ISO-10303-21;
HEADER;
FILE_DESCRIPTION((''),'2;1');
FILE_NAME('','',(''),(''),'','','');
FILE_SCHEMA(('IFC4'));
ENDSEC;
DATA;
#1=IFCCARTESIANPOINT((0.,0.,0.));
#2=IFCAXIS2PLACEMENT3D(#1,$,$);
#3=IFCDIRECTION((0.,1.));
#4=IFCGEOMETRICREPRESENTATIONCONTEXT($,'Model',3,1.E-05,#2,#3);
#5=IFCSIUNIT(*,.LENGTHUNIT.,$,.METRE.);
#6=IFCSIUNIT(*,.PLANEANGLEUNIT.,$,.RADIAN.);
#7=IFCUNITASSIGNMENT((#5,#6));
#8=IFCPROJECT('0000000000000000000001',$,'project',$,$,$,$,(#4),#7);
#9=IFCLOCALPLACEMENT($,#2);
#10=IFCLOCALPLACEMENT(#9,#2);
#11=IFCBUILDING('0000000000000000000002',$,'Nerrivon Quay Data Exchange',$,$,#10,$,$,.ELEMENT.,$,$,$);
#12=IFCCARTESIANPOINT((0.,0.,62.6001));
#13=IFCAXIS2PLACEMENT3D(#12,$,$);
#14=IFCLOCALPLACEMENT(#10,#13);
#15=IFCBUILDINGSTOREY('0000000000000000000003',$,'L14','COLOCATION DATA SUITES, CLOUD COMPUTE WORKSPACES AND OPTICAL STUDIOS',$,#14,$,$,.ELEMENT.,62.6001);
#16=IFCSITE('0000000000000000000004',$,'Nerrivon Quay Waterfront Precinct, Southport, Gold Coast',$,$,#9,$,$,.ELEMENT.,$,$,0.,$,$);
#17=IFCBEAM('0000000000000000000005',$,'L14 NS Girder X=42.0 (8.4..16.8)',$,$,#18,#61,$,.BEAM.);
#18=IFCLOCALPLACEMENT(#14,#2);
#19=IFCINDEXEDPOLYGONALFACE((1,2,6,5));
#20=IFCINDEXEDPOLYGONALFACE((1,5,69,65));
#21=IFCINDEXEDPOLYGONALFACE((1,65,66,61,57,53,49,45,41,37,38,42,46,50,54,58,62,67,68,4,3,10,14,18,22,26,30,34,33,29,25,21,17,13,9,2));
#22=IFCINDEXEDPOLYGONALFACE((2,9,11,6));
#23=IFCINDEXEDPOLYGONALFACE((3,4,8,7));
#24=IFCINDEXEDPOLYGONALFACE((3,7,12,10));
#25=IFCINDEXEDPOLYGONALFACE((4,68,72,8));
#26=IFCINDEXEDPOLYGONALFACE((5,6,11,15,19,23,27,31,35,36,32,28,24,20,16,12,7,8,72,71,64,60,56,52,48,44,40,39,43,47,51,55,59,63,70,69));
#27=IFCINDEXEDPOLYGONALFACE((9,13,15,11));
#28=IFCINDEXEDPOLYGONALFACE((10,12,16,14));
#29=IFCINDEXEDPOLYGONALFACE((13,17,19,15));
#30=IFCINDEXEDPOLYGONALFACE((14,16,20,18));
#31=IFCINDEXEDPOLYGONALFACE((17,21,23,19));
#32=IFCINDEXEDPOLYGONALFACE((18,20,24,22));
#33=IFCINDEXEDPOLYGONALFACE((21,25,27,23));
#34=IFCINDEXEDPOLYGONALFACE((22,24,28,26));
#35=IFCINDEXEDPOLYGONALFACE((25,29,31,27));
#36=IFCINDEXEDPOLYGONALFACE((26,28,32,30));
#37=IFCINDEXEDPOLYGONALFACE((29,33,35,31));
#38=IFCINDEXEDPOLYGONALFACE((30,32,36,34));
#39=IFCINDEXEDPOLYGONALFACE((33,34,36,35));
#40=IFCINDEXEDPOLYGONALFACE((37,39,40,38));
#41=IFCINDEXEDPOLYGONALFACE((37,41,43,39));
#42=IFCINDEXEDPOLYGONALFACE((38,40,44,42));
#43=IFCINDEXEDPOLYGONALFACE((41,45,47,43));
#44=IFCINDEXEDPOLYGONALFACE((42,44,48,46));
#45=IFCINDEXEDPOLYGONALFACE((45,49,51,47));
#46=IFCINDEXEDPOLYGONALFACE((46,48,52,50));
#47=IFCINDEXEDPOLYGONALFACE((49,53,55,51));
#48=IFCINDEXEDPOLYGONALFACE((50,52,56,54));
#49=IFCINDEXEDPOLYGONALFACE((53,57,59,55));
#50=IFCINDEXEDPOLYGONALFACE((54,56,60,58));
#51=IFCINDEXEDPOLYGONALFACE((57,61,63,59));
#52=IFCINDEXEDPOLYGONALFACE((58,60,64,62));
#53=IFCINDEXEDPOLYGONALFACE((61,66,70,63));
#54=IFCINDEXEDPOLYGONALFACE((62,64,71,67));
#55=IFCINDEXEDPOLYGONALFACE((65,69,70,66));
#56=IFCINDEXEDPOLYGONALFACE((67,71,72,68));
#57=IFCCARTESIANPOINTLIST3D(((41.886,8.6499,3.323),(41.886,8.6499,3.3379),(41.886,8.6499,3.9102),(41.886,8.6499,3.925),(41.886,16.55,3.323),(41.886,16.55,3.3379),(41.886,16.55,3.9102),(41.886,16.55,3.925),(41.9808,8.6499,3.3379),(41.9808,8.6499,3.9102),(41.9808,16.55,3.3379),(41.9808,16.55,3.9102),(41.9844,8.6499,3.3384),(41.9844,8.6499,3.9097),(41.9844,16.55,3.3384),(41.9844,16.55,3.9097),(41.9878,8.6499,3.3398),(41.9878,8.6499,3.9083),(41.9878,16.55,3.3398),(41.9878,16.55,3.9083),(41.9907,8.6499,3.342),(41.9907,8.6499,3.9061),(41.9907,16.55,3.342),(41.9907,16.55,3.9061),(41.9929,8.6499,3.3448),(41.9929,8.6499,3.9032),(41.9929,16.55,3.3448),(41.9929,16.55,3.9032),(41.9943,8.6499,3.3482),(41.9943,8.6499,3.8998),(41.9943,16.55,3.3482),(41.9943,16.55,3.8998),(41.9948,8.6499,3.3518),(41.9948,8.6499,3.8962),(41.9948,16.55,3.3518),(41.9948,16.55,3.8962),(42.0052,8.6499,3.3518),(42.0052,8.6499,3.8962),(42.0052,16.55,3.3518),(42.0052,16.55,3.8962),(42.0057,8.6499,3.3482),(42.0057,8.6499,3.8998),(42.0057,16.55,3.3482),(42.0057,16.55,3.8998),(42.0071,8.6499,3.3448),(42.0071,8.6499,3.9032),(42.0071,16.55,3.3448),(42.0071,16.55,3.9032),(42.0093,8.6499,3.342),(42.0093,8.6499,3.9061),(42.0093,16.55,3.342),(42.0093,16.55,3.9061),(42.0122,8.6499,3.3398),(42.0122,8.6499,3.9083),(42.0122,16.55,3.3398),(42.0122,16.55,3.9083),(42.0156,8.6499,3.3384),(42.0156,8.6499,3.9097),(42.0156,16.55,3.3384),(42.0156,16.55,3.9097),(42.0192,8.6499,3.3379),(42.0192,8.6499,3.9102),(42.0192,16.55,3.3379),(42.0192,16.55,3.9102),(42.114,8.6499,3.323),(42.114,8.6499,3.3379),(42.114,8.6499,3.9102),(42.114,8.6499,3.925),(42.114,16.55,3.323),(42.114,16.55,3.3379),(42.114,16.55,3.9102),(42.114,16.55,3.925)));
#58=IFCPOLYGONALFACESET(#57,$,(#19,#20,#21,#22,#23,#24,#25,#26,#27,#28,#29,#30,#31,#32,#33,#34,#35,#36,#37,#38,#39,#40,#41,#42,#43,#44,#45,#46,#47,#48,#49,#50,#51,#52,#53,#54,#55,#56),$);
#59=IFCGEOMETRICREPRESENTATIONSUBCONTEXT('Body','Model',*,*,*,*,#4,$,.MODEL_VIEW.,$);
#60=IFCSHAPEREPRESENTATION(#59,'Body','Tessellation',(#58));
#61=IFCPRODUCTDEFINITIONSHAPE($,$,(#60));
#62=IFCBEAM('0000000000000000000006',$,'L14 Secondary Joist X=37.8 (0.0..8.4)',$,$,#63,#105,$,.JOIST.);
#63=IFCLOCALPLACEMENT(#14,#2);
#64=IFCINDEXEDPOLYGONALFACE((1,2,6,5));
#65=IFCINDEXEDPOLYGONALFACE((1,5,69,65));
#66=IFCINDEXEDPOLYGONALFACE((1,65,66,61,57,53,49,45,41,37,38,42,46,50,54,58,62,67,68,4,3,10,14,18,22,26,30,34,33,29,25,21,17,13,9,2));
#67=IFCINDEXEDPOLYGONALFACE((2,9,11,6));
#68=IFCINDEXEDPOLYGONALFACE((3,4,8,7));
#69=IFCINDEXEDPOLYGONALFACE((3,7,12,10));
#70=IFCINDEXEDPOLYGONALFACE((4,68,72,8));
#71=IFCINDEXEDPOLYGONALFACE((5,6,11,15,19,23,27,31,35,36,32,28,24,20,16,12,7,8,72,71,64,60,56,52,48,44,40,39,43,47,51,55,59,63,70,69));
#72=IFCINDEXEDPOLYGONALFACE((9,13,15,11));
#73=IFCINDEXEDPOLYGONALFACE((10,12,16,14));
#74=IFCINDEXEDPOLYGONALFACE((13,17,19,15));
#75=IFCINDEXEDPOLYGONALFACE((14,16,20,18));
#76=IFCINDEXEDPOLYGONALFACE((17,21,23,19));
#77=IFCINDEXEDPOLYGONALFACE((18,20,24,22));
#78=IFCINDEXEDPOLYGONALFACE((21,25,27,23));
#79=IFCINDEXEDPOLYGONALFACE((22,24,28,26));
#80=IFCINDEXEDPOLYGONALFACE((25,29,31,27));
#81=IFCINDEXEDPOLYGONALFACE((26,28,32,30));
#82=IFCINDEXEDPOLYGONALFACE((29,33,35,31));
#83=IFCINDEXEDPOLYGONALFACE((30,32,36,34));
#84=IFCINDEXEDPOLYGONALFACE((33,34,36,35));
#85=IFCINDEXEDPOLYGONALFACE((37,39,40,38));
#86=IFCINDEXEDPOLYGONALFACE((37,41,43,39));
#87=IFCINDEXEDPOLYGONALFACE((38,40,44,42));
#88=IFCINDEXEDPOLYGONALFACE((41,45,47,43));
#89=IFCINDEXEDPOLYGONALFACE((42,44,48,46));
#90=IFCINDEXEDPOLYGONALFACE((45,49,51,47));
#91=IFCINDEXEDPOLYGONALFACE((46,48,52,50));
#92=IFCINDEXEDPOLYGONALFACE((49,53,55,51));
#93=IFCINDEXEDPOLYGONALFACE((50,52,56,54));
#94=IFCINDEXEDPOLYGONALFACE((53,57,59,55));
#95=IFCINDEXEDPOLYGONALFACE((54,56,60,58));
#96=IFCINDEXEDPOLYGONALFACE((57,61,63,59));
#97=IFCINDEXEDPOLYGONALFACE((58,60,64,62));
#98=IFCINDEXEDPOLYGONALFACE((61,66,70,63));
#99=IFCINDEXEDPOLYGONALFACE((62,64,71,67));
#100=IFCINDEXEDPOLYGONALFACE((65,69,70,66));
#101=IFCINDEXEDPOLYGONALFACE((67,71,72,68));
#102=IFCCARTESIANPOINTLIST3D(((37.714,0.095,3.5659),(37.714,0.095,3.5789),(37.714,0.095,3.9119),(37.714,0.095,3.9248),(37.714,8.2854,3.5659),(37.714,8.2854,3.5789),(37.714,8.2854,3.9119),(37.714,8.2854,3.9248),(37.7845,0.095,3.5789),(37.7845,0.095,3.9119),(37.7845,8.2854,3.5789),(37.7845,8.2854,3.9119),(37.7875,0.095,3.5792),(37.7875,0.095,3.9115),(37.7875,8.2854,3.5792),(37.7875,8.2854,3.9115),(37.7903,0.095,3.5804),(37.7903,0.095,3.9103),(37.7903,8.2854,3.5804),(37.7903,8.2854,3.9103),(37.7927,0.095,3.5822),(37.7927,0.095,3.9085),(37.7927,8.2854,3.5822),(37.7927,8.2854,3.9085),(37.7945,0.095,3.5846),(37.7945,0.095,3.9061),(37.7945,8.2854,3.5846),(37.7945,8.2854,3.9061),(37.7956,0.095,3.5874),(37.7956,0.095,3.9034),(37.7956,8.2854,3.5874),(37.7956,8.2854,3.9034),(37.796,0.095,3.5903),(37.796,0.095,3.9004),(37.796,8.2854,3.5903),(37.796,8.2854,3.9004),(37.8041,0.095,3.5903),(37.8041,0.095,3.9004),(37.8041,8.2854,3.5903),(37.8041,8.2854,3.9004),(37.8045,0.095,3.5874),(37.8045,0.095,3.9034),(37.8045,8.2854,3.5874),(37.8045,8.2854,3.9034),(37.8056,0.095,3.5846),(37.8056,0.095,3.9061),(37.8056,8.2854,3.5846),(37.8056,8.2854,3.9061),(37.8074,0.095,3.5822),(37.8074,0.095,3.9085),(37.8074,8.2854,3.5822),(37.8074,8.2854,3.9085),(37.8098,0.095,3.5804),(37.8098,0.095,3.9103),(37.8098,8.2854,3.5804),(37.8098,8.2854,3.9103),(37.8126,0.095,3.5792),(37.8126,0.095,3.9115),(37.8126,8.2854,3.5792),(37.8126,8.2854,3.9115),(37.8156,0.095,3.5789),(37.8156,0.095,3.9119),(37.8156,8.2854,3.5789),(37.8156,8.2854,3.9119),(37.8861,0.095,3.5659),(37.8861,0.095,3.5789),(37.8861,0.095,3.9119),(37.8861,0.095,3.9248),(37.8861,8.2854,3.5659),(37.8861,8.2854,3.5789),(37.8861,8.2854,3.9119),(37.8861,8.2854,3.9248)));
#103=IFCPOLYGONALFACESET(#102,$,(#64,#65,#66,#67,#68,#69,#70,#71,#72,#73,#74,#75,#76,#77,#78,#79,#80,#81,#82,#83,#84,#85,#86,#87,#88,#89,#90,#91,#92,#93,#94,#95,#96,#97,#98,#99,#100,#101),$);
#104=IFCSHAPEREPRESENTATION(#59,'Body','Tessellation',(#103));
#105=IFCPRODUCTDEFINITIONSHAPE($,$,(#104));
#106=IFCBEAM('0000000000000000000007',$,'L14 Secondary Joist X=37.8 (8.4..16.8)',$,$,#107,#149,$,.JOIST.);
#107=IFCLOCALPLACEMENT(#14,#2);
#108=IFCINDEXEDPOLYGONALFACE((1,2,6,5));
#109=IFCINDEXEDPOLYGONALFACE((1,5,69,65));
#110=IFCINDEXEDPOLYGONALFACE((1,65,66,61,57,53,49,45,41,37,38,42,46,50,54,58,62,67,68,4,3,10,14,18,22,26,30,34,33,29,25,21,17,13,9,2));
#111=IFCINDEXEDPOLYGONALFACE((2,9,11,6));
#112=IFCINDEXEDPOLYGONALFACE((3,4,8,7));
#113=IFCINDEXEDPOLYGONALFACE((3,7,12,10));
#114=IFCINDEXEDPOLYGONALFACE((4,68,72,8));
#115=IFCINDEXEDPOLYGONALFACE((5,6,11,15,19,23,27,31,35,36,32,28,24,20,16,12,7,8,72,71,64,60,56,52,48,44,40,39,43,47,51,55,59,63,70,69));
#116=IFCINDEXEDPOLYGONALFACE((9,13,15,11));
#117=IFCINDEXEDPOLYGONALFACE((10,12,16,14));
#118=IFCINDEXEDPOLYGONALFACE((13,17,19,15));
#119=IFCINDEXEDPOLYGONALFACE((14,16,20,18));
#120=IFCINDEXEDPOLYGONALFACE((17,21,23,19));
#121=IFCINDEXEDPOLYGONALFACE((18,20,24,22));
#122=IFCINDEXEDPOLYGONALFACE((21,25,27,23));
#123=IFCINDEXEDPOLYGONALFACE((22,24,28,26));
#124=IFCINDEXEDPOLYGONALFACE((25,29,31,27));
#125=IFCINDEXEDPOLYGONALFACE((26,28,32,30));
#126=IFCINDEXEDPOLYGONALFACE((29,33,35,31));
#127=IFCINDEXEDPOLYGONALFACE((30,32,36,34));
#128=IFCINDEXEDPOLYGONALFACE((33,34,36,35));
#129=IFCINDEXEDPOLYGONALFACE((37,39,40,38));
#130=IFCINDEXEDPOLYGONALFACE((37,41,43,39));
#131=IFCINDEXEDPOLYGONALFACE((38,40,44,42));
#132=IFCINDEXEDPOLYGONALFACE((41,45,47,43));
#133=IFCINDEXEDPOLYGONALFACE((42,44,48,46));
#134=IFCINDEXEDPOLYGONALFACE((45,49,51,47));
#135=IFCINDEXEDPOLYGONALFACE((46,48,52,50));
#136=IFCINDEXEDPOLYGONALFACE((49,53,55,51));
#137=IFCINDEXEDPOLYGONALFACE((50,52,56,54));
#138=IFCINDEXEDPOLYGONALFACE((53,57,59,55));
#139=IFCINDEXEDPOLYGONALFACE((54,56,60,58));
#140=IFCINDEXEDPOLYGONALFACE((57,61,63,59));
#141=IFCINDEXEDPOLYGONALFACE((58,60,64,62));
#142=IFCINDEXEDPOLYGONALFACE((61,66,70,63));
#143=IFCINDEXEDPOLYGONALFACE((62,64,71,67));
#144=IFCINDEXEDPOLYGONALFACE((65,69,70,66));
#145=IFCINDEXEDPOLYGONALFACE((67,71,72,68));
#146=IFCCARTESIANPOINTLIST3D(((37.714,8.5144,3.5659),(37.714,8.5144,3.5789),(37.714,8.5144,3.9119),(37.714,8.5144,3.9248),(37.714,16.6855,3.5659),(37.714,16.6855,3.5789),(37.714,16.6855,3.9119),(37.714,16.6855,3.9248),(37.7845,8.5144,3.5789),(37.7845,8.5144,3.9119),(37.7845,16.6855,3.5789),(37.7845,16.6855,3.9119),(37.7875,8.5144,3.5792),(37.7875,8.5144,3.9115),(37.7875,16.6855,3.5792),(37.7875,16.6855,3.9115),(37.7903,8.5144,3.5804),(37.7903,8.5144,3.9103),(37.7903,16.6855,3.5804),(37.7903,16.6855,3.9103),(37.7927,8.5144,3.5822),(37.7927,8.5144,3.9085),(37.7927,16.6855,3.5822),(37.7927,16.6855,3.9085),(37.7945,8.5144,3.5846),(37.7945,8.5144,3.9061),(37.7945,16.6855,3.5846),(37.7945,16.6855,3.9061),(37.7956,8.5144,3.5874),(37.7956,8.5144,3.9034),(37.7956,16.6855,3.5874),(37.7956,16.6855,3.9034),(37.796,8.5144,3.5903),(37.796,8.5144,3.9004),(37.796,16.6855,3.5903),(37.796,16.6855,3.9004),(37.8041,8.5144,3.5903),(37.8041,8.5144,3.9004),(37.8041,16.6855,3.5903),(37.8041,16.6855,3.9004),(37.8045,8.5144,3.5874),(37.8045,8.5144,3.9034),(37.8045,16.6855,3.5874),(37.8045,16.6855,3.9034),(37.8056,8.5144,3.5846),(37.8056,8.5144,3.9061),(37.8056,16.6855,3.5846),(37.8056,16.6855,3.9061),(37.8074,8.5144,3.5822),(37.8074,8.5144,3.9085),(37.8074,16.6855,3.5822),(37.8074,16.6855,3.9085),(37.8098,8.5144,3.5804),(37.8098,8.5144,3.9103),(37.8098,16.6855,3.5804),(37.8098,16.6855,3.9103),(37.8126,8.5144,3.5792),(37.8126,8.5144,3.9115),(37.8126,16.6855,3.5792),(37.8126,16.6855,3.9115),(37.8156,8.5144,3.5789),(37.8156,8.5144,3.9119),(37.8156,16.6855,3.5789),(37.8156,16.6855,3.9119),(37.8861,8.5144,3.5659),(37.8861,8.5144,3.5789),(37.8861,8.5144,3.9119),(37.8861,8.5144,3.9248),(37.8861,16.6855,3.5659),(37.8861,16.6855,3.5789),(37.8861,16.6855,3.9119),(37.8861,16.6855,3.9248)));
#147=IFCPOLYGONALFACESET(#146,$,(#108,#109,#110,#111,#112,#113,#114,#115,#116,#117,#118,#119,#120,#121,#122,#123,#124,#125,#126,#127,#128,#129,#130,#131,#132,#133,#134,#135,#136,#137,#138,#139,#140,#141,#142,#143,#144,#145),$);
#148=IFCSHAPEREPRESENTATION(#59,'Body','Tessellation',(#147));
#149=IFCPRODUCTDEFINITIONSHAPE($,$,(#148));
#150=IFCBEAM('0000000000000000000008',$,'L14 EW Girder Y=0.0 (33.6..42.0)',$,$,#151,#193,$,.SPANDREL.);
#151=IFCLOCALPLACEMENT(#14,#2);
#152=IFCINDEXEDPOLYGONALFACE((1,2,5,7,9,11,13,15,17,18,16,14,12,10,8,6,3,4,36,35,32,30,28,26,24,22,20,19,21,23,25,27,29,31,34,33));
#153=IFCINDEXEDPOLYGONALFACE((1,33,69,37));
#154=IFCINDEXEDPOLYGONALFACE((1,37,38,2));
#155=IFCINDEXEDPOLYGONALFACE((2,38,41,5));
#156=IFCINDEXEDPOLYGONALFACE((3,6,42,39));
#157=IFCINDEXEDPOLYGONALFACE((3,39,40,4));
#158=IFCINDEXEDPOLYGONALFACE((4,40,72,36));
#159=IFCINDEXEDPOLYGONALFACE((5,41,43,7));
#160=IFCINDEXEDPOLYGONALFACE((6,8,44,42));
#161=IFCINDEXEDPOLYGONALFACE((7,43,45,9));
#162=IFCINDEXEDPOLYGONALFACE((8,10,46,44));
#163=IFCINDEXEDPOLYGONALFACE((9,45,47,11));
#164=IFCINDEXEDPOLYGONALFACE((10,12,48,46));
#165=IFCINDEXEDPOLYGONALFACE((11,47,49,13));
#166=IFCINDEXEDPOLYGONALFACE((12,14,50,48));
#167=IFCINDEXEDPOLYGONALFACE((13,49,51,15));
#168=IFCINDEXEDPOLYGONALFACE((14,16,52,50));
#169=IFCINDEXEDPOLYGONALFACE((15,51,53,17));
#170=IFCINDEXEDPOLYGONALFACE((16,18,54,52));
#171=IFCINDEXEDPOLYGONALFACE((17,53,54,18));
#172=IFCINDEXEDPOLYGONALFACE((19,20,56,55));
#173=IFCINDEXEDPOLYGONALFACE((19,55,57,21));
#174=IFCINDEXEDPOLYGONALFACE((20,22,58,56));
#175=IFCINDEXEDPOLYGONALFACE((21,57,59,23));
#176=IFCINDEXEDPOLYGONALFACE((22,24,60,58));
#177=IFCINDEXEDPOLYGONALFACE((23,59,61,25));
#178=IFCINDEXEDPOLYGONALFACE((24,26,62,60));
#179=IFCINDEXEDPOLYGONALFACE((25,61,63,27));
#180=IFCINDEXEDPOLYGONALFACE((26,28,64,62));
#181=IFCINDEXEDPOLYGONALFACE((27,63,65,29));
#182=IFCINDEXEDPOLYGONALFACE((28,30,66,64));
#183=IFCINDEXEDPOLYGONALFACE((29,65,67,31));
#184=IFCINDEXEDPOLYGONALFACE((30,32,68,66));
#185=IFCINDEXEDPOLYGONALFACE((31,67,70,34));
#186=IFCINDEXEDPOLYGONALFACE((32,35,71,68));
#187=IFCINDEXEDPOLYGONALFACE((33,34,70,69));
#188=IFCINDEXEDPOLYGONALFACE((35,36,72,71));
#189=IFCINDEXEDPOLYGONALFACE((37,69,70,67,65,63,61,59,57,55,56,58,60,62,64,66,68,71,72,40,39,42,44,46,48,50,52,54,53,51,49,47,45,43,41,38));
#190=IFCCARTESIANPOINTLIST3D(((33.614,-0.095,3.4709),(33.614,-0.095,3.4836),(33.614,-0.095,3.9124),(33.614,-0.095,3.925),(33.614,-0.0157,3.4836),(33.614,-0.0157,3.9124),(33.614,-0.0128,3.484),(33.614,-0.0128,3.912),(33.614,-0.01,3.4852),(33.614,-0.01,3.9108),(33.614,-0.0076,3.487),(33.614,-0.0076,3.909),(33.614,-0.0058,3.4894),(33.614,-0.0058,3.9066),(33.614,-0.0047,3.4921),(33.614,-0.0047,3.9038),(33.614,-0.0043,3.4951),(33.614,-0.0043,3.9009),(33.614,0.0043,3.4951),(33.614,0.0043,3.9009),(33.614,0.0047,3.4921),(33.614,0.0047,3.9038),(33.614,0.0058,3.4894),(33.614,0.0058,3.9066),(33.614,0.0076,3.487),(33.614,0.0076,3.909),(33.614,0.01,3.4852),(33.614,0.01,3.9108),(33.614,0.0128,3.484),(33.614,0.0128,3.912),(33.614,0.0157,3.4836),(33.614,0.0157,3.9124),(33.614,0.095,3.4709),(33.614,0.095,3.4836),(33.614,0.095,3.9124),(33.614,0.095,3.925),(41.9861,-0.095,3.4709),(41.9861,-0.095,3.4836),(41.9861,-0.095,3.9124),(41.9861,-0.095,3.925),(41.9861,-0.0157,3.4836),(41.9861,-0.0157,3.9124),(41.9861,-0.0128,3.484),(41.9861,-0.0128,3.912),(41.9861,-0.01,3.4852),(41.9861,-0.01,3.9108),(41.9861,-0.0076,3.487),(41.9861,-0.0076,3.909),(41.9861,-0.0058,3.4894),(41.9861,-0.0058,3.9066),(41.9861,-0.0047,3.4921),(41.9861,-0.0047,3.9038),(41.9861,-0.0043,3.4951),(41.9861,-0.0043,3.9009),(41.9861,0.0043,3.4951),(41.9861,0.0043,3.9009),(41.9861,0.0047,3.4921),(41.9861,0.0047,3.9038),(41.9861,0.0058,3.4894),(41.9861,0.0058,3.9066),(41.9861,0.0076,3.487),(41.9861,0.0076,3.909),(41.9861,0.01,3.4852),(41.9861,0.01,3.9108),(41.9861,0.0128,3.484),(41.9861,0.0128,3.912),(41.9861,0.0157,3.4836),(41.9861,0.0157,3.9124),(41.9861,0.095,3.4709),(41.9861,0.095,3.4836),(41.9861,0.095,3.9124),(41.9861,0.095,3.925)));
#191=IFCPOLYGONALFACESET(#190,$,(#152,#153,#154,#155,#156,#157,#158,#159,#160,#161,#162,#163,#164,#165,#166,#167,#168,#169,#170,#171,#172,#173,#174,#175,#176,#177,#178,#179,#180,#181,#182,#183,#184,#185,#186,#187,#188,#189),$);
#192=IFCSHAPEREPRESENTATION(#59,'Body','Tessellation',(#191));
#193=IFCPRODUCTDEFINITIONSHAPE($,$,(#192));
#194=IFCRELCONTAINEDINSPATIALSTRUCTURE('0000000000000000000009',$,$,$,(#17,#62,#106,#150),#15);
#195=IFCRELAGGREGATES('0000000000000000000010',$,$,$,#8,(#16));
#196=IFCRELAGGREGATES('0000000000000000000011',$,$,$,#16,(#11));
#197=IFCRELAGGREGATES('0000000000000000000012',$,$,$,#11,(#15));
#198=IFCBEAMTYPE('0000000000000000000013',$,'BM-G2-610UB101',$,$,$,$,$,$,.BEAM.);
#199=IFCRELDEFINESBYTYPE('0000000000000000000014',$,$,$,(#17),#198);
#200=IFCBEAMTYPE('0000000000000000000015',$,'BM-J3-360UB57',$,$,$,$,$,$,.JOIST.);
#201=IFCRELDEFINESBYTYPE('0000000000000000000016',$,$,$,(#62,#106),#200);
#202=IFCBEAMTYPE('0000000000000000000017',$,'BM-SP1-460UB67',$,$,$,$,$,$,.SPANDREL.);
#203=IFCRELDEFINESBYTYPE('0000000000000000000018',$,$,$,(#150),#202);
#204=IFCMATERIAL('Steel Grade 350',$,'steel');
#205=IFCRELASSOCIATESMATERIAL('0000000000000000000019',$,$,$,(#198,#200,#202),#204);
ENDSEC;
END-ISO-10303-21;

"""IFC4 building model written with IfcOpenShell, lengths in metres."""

from ifc_helpers import new_model, si_unit, direction, frame, origin, origin_2d, place, context, subcontext, project, spatial, i_section, extrude, material, material_profile, profile_set, type_object, element, save


model = new_model("IFC4")

# Units and contexts
model_context = context("Model", 3, precision=1e-05, world=origin(), true_north=direction((0.0, 1.0)))
body_context = subcontext(model_context, "Body", "Model", "MODEL_VIEW")
ifc_project = project(units=[si_unit("LENGTHUNIT", "METRE"), si_unit("PLANEANGLEUNIT", "RADIAN")], contexts=[model_context])

# Site, building, storey
site_placement = place(None, origin())
site = spatial("IfcSite", under=ifc_project, at=site_placement, Name="Nerrivon Quay Waterfront Precinct, Southport, Gold Coast", CompositionType="ELEMENT", RefElevation=0.0)
building_placement = place(site_placement, origin())
building = spatial("IfcBuilding", under=site, at=building_placement, Name="Nerrivon Quay Data Exchange", CompositionType="ELEMENT")
storey_placement = place(building_placement, frame((0.0, 0.0, 62.6001)))
storey = spatial("IfcBuildingStorey", under=building, at=storey_placement, Name="L14", Description="COLOCATION DATA SUITES, CLOUD COMPUTE WORKSPACES AND OPTICAL STUDIOS", CompositionType="ELEMENT", Elevation=62.6001)

# Shared definitions
ifc_material_1 = material(Name="Steel Grade 350", Category="steel")

# Beams
ifc_material_profile_1 = material_profile(ifc_material_1, i_section(OverallWidth=0.228, OverallDepth=0.6021, WebThickness=0.0105, FlangeThickness=0.0149, FilletRadius=0.0139, at=origin_2d()), Name="610UB101")
ifc_profile_set_1 = profile_set([ifc_material_profile_1], Name="Steel Grade 350")
beam_type_1 = type_object("IfcBeamType", Name="BM-G2-610UB101", PredefinedType="BEAM", material=ifc_profile_set_1)
beam_1_placement = place(storey_placement, frame((42.0, 8.6499, 3.624), z_axis=(0.0, 1.0, 0.0), x_axis=(-1.0, 0.0, 0.0)))
element("IfcBeam", 1, at=beam_1_placement, inside=storey, type_object=beam_type_1, Name="L14 NS Girder X=42.0 (8.4..16.8)", PredefinedType="BEAM", context=body_context, shape_type="SweptSolid", body=[
    extrude(i_section(OverallWidth=0.228, OverallDepth=0.6021, WebThickness=0.0105, FlangeThickness=0.0149, FilletRadius=0.0139, at=origin_2d()), origin(), (0.0, 0.0, 1.0), 7.9001),
])
ifc_material_profile_2 = material_profile(ifc_material_1, i_section(OverallWidth=0.1721, OverallDepth=0.3589, WebThickness=0.0081, FlangeThickness=0.0129, FilletRadius=0.0115, at=origin_2d()), Name="360UB56.7")
ifc_profile_set_2 = profile_set([ifc_material_profile_2], Name="Steel Grade 350")
beam_type_2 = type_object("IfcBeamType", Name="BM-J3-360UB57", PredefinedType="JOIST", material=ifc_profile_set_2)
beam_2_placement = place(storey_placement, frame((37.8, 0.095, 3.7454), z_axis=(0.0, 1.0, 0.0), x_axis=(-1.0, 0.0, 0.0)))
element("IfcBeam", 2, at=beam_2_placement, inside=storey, type_object=beam_type_2, Name="L14 Secondary Joist X=37.8 (0.0..8.4)", PredefinedType="JOIST", context=body_context, shape_type="SweptSolid", body=[
    extrude(i_section(OverallWidth=0.1721, OverallDepth=0.3589, WebThickness=0.0081, FlangeThickness=0.0129, FilletRadius=0.0115, at=origin_2d()), origin(), (0.0, 0.0, 1.0), 8.1904),
])
beam_3_placement = place(storey_placement, frame((37.8, 8.5144, 3.7454), z_axis=(0.0, 1.0, 0.0), x_axis=(-1.0, 0.0, 0.0)))
element("IfcBeam", 3, at=beam_3_placement, inside=storey, type_object=beam_type_2, Name="L14 Secondary Joist X=37.8 (8.4..16.8)", PredefinedType="JOIST", context=body_context, shape_type="SweptSolid", body=[
    extrude(i_section(OverallWidth=0.1721, OverallDepth=0.3589, WebThickness=0.0081, FlangeThickness=0.0129, FilletRadius=0.0115, at=origin_2d()), origin(), (0.0, 0.0, 1.0), 8.1711),
])
ifc_material_profile_3 = material_profile(ifc_material_1, i_section(OverallWidth=0.1899, OverallDepth=0.4541, WebThickness=0.0085, FlangeThickness=0.0127, FilletRadius=0.0115, at=origin_2d()), Name="460UB67.1")
ifc_profile_set_3 = profile_set([ifc_material_profile_3], Name="Steel Grade 350")
beam_type_3 = type_object("IfcBeamType", Name="BM-SP1-460UB67", PredefinedType="SPANDREL", material=ifc_profile_set_3)
beam_4_placement = place(storey_placement, frame((33.614, 0.0, 3.698), z_axis=(1.0, 0.0, 0.0), x_axis=(0.0, 1.0, 0.0)))
element("IfcBeam", 4, at=beam_4_placement, inside=storey, type_object=beam_type_3, Name="L14 EW Girder Y=0.0 (33.6..42.0)", PredefinedType="SPANDREL", context=body_context, shape_type="SweptSolid", body=[
    extrude(i_section(OverallWidth=0.1899, OverallDepth=0.4541, WebThickness=0.0085, FlangeThickness=0.0127, FilletRadius=0.0115, at=origin_2d()), origin(), (0.0, 0.0, 1.0), 8.3721),
])

save(model, "model.ifc")
